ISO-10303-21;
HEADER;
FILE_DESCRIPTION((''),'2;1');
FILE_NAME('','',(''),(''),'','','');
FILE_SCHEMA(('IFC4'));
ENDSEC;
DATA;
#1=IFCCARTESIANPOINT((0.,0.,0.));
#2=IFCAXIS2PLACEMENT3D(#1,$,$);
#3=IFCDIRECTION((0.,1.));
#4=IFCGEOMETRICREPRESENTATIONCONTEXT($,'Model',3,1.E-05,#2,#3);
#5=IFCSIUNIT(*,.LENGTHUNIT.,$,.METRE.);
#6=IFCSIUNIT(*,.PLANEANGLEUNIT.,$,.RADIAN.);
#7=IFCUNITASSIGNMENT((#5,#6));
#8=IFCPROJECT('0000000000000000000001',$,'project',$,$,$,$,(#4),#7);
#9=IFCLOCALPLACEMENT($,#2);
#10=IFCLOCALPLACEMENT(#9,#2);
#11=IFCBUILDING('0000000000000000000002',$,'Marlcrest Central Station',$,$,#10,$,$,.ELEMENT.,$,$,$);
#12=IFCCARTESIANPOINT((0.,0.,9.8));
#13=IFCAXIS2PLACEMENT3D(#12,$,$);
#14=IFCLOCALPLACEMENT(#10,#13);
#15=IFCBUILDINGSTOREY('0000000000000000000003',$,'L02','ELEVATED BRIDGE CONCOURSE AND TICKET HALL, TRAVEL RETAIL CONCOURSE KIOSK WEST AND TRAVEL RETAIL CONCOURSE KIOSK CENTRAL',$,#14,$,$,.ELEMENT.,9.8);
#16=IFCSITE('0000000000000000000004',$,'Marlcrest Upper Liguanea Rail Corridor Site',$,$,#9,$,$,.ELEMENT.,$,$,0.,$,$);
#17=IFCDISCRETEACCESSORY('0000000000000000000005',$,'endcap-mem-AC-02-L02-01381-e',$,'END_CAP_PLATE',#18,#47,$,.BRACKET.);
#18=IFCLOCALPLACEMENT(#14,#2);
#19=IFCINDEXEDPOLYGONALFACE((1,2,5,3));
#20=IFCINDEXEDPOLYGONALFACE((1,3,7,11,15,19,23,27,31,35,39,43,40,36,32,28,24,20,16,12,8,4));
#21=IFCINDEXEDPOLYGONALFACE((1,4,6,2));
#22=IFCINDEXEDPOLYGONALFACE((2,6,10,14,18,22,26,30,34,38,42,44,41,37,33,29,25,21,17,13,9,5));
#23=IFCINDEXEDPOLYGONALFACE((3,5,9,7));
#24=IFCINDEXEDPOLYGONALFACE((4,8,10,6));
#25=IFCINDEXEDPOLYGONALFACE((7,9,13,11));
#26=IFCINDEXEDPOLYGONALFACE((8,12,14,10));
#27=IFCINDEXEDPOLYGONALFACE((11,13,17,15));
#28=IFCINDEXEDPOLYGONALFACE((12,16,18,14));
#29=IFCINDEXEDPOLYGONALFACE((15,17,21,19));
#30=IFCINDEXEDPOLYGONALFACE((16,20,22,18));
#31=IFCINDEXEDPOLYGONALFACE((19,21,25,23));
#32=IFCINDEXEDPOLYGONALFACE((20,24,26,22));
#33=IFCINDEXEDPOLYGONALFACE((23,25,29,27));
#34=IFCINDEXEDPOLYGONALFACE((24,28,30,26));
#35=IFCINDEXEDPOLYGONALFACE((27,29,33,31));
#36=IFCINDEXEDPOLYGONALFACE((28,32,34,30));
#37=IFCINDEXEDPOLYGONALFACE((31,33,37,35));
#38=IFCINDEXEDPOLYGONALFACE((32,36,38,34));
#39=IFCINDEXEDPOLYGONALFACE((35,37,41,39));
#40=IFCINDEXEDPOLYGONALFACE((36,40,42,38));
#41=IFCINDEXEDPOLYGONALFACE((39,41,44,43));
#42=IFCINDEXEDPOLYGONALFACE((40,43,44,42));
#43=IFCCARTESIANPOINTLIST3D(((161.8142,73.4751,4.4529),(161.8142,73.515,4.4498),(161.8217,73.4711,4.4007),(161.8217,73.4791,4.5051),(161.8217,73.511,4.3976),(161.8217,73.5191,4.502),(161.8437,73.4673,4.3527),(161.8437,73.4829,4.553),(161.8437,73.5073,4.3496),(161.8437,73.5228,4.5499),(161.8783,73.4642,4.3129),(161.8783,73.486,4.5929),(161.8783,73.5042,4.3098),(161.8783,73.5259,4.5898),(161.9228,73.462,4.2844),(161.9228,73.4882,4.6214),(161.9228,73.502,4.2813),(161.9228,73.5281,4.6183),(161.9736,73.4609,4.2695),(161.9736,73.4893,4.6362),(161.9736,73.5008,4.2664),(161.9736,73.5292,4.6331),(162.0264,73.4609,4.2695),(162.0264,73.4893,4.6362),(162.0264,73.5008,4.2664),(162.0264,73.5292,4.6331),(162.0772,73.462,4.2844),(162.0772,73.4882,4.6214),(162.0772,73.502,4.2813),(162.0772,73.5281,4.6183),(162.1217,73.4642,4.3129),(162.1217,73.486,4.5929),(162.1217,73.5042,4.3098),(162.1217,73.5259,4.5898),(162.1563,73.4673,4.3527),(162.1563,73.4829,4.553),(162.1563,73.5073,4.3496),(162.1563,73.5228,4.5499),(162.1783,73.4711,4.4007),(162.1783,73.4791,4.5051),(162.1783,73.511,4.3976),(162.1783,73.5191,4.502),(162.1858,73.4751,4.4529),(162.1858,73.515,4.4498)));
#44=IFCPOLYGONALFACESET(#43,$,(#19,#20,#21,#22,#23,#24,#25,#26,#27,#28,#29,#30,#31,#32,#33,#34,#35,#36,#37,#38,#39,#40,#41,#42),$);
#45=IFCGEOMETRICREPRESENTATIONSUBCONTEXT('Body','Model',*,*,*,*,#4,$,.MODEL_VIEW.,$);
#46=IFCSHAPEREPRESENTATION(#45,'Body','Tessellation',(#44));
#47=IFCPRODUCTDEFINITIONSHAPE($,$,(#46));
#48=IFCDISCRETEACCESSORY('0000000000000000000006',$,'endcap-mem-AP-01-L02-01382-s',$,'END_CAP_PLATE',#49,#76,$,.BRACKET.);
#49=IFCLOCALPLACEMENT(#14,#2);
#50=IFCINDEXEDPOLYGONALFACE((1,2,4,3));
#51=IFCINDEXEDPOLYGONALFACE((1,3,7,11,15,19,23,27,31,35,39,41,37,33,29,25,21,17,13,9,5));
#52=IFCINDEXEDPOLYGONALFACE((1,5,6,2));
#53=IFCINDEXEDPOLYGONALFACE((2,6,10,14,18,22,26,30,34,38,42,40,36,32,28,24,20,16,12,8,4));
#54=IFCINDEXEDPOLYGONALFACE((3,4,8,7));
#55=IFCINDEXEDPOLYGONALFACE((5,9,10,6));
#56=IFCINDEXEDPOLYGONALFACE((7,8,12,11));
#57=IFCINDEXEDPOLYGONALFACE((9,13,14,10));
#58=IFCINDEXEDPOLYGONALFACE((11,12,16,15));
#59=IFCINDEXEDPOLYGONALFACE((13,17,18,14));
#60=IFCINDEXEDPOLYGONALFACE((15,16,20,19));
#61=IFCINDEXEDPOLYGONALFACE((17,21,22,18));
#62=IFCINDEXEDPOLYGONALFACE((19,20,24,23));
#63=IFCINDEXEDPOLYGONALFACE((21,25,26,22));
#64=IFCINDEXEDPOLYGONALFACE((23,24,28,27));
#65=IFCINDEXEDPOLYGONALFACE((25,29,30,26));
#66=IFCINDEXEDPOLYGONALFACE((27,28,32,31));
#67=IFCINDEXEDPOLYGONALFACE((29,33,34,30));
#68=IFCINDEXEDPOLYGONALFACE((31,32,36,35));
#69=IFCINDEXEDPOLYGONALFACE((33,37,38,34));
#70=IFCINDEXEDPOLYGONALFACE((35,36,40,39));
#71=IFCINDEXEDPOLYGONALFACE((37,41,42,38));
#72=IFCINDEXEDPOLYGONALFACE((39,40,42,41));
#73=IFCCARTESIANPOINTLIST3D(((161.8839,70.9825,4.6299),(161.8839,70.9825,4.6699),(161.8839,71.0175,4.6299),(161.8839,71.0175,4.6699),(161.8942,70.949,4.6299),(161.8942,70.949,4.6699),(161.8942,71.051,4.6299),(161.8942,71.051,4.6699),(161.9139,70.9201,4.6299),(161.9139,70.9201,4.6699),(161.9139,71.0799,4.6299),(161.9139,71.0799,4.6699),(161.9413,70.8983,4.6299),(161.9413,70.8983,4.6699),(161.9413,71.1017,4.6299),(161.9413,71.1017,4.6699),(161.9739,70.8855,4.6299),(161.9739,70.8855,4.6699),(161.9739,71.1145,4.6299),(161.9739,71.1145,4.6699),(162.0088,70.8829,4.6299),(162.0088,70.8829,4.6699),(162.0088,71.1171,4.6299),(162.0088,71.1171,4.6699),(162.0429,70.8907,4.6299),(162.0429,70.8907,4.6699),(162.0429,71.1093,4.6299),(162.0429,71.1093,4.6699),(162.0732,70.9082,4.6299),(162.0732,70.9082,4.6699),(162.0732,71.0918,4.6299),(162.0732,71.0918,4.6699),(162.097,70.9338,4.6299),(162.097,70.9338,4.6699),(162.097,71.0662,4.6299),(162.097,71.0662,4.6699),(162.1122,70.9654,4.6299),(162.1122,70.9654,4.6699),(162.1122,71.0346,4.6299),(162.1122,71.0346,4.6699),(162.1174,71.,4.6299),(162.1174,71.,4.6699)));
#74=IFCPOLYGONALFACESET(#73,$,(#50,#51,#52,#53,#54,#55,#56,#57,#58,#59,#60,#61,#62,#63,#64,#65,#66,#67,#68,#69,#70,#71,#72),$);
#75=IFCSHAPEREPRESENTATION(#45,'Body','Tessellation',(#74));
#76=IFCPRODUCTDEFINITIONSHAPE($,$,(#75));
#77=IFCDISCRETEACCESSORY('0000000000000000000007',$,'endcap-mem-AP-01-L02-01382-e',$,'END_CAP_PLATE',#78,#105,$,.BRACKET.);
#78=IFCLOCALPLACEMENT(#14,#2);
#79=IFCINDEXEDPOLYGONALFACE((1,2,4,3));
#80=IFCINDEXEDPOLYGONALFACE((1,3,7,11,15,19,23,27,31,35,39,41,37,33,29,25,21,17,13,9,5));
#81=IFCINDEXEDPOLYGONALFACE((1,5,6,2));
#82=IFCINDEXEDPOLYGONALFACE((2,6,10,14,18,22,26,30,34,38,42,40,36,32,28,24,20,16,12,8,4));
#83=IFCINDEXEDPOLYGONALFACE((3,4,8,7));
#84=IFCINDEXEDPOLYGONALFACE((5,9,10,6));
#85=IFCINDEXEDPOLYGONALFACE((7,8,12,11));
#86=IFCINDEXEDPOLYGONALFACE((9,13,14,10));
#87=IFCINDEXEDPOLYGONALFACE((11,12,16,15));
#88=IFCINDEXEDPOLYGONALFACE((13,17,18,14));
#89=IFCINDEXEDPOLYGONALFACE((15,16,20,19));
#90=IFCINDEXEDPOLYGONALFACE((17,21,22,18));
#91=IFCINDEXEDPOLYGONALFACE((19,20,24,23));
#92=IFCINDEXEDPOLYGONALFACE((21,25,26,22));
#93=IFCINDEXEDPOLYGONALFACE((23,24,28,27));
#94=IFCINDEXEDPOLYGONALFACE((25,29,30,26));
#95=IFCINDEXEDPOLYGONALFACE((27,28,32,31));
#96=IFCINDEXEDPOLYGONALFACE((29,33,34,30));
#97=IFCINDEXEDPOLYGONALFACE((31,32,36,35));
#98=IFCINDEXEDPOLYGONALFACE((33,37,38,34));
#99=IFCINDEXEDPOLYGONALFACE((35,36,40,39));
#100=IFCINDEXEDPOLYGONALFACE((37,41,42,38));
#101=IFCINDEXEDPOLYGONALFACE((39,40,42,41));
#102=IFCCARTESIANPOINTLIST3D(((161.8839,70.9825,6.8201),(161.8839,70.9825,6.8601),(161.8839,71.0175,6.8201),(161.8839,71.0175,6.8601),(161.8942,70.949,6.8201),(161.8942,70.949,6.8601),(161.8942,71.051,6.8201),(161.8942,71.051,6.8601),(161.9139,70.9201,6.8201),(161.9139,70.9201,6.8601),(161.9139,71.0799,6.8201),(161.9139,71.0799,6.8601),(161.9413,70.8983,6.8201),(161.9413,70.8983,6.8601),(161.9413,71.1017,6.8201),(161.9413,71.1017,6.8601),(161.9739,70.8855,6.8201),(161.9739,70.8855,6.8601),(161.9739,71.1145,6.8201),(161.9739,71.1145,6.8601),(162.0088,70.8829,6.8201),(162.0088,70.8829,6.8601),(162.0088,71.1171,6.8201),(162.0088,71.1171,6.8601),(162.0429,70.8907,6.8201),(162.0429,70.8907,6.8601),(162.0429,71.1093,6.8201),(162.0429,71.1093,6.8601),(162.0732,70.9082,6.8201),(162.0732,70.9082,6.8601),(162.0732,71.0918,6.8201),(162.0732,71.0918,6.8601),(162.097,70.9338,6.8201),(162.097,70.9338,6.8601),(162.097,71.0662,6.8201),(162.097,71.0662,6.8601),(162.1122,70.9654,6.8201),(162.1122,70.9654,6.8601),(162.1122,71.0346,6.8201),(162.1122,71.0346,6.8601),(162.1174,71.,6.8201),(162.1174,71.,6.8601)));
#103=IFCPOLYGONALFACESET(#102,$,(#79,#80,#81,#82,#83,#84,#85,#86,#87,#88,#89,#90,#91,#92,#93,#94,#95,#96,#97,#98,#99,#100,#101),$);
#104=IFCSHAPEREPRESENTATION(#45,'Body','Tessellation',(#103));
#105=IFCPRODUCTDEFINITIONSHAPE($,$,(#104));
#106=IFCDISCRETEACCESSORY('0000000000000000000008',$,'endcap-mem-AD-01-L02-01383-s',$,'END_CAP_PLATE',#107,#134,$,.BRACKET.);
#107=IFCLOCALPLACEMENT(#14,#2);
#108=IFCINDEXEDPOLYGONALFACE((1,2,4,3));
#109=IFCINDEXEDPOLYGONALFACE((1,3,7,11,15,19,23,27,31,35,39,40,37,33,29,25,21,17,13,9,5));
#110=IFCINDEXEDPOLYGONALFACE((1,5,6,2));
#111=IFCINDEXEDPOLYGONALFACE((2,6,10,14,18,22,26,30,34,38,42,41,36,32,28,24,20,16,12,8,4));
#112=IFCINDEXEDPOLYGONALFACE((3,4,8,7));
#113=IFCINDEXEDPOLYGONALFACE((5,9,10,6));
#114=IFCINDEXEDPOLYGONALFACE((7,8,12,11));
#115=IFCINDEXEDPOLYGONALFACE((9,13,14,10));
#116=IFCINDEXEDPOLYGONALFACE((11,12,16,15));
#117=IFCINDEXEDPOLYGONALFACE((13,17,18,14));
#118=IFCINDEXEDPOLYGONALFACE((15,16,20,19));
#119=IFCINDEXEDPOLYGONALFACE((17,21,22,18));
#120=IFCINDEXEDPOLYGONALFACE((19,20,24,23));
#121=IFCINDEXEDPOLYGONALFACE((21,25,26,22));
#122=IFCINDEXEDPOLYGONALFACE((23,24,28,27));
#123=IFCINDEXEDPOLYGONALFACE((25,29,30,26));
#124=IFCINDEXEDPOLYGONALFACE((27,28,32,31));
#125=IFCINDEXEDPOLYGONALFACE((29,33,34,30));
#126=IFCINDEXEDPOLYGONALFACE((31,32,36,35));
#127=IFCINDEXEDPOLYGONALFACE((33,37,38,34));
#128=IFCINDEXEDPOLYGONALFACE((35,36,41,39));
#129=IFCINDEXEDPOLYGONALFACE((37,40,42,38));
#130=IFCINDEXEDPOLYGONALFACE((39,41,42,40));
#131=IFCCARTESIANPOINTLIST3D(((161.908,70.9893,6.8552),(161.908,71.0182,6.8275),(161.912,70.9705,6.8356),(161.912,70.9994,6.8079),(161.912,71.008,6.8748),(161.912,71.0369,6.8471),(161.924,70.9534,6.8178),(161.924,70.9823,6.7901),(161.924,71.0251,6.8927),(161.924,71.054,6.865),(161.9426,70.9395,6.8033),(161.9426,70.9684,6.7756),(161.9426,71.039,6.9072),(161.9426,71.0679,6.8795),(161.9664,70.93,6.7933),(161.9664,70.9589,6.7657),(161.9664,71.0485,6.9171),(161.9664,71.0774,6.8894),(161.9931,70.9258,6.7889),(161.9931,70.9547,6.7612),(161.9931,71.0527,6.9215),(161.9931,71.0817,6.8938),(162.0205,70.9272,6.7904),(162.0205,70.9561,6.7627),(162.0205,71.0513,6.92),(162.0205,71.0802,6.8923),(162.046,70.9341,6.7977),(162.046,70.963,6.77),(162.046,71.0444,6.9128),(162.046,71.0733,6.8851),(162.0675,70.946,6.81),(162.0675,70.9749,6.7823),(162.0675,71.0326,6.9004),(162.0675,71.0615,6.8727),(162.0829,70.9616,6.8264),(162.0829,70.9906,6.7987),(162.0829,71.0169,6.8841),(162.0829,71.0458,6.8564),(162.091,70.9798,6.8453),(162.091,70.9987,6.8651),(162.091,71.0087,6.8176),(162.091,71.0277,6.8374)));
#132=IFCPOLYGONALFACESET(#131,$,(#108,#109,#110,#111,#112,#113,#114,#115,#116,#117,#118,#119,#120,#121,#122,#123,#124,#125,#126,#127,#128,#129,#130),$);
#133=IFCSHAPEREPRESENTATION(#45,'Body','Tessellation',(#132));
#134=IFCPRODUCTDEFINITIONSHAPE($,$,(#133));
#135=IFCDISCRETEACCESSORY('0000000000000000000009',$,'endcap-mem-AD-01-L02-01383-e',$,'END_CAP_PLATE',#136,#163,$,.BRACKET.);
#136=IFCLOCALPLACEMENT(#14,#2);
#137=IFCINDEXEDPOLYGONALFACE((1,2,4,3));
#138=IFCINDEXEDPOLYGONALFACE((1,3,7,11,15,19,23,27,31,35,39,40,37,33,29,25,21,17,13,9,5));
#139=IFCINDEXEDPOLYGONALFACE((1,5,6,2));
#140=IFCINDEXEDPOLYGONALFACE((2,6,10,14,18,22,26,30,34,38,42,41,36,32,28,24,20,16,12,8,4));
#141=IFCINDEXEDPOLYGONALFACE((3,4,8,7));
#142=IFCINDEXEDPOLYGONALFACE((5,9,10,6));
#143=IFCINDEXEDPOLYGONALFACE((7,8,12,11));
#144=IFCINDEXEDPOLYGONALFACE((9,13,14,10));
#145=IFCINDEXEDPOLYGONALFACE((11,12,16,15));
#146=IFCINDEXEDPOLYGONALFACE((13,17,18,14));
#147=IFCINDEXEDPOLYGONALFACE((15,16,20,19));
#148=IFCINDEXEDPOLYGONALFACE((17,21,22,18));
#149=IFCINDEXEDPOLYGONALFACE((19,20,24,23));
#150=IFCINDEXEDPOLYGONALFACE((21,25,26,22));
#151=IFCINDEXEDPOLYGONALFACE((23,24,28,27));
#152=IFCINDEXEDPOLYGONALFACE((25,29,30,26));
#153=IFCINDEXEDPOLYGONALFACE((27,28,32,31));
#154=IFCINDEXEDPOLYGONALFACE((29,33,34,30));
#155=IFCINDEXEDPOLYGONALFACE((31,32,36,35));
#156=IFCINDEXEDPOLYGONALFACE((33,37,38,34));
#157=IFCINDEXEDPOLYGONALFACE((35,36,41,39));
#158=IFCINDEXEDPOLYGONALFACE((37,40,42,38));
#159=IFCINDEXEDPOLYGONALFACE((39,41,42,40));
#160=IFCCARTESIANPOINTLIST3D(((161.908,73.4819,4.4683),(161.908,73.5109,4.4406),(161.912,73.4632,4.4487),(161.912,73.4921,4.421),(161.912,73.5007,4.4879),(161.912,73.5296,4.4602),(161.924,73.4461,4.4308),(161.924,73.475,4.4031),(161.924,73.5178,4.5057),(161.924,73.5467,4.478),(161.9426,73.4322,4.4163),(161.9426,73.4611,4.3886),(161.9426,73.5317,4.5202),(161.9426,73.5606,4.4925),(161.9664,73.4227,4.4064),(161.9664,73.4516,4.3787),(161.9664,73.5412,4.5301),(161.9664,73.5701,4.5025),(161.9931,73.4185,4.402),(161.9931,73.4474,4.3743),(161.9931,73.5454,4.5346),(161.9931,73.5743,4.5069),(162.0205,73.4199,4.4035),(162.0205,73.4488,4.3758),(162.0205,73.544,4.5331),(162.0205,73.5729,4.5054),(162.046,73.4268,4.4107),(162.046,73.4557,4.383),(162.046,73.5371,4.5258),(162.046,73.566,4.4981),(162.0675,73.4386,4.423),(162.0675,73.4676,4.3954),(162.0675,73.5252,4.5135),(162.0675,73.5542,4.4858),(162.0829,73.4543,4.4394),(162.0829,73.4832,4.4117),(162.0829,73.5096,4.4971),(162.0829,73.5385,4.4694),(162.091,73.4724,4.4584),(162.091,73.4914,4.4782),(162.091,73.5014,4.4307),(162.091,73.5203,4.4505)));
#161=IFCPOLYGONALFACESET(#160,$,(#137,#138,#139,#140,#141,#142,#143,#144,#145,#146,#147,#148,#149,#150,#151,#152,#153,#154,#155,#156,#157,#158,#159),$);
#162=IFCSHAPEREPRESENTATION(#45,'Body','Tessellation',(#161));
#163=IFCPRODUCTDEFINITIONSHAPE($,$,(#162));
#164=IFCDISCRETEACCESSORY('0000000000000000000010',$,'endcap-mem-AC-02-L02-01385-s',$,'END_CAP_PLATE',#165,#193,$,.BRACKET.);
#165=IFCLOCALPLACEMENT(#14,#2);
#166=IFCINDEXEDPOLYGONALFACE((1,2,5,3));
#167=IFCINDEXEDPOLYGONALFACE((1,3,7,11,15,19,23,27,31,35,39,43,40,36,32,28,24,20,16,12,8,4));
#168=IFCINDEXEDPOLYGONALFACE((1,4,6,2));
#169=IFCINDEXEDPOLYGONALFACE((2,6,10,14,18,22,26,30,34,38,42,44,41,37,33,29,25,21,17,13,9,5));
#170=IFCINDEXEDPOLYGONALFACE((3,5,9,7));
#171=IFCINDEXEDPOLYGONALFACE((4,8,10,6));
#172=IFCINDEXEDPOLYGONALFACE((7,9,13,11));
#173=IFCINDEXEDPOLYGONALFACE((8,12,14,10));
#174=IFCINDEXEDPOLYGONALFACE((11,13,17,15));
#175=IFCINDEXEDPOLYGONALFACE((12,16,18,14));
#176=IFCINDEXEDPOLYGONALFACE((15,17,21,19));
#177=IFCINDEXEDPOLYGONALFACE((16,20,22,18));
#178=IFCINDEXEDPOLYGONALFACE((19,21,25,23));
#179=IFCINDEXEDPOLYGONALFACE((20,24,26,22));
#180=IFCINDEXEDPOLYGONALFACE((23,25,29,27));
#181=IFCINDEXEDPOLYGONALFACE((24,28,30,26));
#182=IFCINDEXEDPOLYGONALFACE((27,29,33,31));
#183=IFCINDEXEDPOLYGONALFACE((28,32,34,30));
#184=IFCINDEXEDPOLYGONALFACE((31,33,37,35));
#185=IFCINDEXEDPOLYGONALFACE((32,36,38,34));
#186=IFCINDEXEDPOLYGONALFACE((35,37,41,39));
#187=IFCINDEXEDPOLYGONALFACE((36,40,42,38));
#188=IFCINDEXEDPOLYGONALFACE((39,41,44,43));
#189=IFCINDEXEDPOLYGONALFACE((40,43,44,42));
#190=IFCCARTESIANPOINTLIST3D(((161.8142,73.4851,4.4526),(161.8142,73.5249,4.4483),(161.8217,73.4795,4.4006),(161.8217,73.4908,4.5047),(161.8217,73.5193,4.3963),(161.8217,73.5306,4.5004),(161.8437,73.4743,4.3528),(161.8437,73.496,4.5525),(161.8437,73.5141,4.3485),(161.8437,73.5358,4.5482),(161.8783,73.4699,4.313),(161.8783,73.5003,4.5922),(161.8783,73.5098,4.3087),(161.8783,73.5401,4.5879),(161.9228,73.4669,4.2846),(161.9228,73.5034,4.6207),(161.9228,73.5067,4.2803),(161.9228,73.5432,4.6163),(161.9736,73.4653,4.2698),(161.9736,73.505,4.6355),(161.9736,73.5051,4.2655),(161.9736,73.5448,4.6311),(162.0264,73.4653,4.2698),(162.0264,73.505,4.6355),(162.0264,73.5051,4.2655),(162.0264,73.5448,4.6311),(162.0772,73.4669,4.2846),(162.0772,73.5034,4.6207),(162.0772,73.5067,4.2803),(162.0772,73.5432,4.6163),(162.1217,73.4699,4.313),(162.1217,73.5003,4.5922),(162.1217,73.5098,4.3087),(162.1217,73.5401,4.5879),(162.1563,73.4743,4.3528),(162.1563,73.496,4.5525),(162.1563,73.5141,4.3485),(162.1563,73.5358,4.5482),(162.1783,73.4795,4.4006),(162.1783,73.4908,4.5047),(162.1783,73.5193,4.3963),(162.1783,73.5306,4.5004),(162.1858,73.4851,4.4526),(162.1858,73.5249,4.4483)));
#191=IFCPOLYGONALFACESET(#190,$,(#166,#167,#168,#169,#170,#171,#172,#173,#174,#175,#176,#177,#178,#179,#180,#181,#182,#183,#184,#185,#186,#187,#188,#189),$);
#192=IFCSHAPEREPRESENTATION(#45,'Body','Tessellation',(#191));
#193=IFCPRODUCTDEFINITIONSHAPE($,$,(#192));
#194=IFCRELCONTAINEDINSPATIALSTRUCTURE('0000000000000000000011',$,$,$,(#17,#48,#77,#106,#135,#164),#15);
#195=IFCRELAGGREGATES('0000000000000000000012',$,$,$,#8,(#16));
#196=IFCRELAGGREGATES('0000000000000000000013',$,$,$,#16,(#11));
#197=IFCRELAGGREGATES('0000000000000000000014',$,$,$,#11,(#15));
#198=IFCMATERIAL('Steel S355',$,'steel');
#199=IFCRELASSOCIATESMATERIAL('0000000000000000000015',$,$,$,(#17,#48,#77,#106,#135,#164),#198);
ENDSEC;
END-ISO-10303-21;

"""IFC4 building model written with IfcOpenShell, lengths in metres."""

from ifc_helpers import new_model, si_unit, direction, frame, origin, origin_2d, place, context, subcontext, project, spatial, circle, extrude, material, element, save


model = new_model("IFC4")

# Units and contexts
model_context = context("Model", 3, precision=1e-05, world=origin(), true_north=direction((0.0, 1.0)))
body_context = subcontext(model_context, "Body", "Model", "MODEL_VIEW")
ifc_project = project(units=[si_unit("LENGTHUNIT", "METRE"), si_unit("PLANEANGLEUNIT", "RADIAN")], contexts=[model_context])

# Site, building, storey
site_placement = place(None, origin())
site = spatial("IfcSite", under=ifc_project, at=site_placement, Name="Marlcrest Upper Liguanea Rail Corridor Site", CompositionType="ELEMENT", RefElevation=0.0)
building_placement = place(site_placement, origin())
building = spatial("IfcBuilding", under=site, at=building_placement, Name="Marlcrest Central Station", CompositionType="ELEMENT")
storey_placement = place(building_placement, frame((0.0, 0.0, 9.8)))
storey = spatial("IfcBuildingStorey", under=building, at=storey_placement, Name="L02", Description="ELEVATED BRIDGE CONCOURSE AND TICKET HALL, TRAVEL RETAIL CONCOURSE KIOSK WEST AND TRAVEL RETAIL CONCOURSE KIOSK CENTRAL", CompositionType="ELEMENT", Elevation=9.8)

# Shared definitions
ifc_material = material(Name="Steel S355", Category="steel")

# Discrete accessories
for number, where, z_axis, x_axis, name in (
    (1, (162.0, 73.4751, 4.4529), (0.0, 0.997007, -0.077307), (-1.0, 0.0, 0.0), "endcap-mem-AC-02-L02-01381-e"),
):
    element("IfcDiscreteAccessory", number, at=place(storey_placement, frame(where, z_axis=z_axis, x_axis=x_axis)), inside=storey, material=ifc_material, Name=name, ObjectType="END_CAP_PLATE", PredefinedType="BRACKET", context=body_context, shape_type="SweptSolid", body=[
        extrude(circle(Radius=0.1858, at=origin_2d()), origin(), (0.0, 0.0, 1.0), 0.04),
    ])
for number, where, z_axis, x_axis, name in (
    (2, (162.0, 71.0, 4.6299), (0.0, 0.0, 1.0), (1.0, 0.0, 0.0), "endcap-mem-AP-01-L02-01382-s"),
    (3, (162.0, 71.0, 6.8201), (0.0, 0.0, 1.0), (1.0, 0.0, 0.0), "endcap-mem-AP-01-L02-01382-e"),
):
    element("IfcDiscreteAccessory", number, at=place(storey_placement, frame(where, z_axis=z_axis, x_axis=x_axis)), inside=storey, material=ifc_material, Name=name, ObjectType="END_CAP_PLATE", PredefinedType="BRACKET", context=body_context, shape_type="SweptSolid", body=[
        extrude(circle(Radius=0.1174, at=origin_2d()), origin(), (0.0, 0.0, 1.0), 0.04),
    ])
for number, where, z_axis, x_axis, name in (
    (4, (162.0, 70.9893, 6.8552), (0.0, 0.722247, -0.691636), (-1.0, 0.0, 0.0), "endcap-mem-AD-01-L02-01383-s"),
    (5, (162.0, 73.4819, 4.4683), (0.0, 0.722247, -0.691636), (-1.0, 0.0, 0.0), "endcap-mem-AD-01-L02-01383-e"),
):
    element("IfcDiscreteAccessory", number, at=place(storey_placement, frame(where, z_axis=z_axis, x_axis=x_axis)), inside=storey, material=ifc_material, Name=name, ObjectType="END_CAP_PLATE", PredefinedType="BRACKET", context=body_context, shape_type="SweptSolid", body=[
        extrude(circle(Radius=0.092, at=origin_2d()), origin(), (0.0, 0.0, 1.0), 0.04),
    ])
discrete_accessory_1_placement = place(storey_placement, frame((162.0, 73.4851, 4.4526), z_axis=(0.0, 0.994155, -0.107959), x_axis=(-1.0, 0.0, 0.0)))
element("IfcDiscreteAccessory", 6, at=discrete_accessory_1_placement, inside=storey, material=ifc_material, Name="endcap-mem-AC-02-L02-01385-s", ObjectType="END_CAP_PLATE", PredefinedType="BRACKET", context=body_context, shape_type="SweptSolid", body=[
    extrude(circle(Radius=0.1858, at=origin_2d()), origin(), (0.0, 0.0, 1.0), 0.04),
])

save(model, "model.ifc")
